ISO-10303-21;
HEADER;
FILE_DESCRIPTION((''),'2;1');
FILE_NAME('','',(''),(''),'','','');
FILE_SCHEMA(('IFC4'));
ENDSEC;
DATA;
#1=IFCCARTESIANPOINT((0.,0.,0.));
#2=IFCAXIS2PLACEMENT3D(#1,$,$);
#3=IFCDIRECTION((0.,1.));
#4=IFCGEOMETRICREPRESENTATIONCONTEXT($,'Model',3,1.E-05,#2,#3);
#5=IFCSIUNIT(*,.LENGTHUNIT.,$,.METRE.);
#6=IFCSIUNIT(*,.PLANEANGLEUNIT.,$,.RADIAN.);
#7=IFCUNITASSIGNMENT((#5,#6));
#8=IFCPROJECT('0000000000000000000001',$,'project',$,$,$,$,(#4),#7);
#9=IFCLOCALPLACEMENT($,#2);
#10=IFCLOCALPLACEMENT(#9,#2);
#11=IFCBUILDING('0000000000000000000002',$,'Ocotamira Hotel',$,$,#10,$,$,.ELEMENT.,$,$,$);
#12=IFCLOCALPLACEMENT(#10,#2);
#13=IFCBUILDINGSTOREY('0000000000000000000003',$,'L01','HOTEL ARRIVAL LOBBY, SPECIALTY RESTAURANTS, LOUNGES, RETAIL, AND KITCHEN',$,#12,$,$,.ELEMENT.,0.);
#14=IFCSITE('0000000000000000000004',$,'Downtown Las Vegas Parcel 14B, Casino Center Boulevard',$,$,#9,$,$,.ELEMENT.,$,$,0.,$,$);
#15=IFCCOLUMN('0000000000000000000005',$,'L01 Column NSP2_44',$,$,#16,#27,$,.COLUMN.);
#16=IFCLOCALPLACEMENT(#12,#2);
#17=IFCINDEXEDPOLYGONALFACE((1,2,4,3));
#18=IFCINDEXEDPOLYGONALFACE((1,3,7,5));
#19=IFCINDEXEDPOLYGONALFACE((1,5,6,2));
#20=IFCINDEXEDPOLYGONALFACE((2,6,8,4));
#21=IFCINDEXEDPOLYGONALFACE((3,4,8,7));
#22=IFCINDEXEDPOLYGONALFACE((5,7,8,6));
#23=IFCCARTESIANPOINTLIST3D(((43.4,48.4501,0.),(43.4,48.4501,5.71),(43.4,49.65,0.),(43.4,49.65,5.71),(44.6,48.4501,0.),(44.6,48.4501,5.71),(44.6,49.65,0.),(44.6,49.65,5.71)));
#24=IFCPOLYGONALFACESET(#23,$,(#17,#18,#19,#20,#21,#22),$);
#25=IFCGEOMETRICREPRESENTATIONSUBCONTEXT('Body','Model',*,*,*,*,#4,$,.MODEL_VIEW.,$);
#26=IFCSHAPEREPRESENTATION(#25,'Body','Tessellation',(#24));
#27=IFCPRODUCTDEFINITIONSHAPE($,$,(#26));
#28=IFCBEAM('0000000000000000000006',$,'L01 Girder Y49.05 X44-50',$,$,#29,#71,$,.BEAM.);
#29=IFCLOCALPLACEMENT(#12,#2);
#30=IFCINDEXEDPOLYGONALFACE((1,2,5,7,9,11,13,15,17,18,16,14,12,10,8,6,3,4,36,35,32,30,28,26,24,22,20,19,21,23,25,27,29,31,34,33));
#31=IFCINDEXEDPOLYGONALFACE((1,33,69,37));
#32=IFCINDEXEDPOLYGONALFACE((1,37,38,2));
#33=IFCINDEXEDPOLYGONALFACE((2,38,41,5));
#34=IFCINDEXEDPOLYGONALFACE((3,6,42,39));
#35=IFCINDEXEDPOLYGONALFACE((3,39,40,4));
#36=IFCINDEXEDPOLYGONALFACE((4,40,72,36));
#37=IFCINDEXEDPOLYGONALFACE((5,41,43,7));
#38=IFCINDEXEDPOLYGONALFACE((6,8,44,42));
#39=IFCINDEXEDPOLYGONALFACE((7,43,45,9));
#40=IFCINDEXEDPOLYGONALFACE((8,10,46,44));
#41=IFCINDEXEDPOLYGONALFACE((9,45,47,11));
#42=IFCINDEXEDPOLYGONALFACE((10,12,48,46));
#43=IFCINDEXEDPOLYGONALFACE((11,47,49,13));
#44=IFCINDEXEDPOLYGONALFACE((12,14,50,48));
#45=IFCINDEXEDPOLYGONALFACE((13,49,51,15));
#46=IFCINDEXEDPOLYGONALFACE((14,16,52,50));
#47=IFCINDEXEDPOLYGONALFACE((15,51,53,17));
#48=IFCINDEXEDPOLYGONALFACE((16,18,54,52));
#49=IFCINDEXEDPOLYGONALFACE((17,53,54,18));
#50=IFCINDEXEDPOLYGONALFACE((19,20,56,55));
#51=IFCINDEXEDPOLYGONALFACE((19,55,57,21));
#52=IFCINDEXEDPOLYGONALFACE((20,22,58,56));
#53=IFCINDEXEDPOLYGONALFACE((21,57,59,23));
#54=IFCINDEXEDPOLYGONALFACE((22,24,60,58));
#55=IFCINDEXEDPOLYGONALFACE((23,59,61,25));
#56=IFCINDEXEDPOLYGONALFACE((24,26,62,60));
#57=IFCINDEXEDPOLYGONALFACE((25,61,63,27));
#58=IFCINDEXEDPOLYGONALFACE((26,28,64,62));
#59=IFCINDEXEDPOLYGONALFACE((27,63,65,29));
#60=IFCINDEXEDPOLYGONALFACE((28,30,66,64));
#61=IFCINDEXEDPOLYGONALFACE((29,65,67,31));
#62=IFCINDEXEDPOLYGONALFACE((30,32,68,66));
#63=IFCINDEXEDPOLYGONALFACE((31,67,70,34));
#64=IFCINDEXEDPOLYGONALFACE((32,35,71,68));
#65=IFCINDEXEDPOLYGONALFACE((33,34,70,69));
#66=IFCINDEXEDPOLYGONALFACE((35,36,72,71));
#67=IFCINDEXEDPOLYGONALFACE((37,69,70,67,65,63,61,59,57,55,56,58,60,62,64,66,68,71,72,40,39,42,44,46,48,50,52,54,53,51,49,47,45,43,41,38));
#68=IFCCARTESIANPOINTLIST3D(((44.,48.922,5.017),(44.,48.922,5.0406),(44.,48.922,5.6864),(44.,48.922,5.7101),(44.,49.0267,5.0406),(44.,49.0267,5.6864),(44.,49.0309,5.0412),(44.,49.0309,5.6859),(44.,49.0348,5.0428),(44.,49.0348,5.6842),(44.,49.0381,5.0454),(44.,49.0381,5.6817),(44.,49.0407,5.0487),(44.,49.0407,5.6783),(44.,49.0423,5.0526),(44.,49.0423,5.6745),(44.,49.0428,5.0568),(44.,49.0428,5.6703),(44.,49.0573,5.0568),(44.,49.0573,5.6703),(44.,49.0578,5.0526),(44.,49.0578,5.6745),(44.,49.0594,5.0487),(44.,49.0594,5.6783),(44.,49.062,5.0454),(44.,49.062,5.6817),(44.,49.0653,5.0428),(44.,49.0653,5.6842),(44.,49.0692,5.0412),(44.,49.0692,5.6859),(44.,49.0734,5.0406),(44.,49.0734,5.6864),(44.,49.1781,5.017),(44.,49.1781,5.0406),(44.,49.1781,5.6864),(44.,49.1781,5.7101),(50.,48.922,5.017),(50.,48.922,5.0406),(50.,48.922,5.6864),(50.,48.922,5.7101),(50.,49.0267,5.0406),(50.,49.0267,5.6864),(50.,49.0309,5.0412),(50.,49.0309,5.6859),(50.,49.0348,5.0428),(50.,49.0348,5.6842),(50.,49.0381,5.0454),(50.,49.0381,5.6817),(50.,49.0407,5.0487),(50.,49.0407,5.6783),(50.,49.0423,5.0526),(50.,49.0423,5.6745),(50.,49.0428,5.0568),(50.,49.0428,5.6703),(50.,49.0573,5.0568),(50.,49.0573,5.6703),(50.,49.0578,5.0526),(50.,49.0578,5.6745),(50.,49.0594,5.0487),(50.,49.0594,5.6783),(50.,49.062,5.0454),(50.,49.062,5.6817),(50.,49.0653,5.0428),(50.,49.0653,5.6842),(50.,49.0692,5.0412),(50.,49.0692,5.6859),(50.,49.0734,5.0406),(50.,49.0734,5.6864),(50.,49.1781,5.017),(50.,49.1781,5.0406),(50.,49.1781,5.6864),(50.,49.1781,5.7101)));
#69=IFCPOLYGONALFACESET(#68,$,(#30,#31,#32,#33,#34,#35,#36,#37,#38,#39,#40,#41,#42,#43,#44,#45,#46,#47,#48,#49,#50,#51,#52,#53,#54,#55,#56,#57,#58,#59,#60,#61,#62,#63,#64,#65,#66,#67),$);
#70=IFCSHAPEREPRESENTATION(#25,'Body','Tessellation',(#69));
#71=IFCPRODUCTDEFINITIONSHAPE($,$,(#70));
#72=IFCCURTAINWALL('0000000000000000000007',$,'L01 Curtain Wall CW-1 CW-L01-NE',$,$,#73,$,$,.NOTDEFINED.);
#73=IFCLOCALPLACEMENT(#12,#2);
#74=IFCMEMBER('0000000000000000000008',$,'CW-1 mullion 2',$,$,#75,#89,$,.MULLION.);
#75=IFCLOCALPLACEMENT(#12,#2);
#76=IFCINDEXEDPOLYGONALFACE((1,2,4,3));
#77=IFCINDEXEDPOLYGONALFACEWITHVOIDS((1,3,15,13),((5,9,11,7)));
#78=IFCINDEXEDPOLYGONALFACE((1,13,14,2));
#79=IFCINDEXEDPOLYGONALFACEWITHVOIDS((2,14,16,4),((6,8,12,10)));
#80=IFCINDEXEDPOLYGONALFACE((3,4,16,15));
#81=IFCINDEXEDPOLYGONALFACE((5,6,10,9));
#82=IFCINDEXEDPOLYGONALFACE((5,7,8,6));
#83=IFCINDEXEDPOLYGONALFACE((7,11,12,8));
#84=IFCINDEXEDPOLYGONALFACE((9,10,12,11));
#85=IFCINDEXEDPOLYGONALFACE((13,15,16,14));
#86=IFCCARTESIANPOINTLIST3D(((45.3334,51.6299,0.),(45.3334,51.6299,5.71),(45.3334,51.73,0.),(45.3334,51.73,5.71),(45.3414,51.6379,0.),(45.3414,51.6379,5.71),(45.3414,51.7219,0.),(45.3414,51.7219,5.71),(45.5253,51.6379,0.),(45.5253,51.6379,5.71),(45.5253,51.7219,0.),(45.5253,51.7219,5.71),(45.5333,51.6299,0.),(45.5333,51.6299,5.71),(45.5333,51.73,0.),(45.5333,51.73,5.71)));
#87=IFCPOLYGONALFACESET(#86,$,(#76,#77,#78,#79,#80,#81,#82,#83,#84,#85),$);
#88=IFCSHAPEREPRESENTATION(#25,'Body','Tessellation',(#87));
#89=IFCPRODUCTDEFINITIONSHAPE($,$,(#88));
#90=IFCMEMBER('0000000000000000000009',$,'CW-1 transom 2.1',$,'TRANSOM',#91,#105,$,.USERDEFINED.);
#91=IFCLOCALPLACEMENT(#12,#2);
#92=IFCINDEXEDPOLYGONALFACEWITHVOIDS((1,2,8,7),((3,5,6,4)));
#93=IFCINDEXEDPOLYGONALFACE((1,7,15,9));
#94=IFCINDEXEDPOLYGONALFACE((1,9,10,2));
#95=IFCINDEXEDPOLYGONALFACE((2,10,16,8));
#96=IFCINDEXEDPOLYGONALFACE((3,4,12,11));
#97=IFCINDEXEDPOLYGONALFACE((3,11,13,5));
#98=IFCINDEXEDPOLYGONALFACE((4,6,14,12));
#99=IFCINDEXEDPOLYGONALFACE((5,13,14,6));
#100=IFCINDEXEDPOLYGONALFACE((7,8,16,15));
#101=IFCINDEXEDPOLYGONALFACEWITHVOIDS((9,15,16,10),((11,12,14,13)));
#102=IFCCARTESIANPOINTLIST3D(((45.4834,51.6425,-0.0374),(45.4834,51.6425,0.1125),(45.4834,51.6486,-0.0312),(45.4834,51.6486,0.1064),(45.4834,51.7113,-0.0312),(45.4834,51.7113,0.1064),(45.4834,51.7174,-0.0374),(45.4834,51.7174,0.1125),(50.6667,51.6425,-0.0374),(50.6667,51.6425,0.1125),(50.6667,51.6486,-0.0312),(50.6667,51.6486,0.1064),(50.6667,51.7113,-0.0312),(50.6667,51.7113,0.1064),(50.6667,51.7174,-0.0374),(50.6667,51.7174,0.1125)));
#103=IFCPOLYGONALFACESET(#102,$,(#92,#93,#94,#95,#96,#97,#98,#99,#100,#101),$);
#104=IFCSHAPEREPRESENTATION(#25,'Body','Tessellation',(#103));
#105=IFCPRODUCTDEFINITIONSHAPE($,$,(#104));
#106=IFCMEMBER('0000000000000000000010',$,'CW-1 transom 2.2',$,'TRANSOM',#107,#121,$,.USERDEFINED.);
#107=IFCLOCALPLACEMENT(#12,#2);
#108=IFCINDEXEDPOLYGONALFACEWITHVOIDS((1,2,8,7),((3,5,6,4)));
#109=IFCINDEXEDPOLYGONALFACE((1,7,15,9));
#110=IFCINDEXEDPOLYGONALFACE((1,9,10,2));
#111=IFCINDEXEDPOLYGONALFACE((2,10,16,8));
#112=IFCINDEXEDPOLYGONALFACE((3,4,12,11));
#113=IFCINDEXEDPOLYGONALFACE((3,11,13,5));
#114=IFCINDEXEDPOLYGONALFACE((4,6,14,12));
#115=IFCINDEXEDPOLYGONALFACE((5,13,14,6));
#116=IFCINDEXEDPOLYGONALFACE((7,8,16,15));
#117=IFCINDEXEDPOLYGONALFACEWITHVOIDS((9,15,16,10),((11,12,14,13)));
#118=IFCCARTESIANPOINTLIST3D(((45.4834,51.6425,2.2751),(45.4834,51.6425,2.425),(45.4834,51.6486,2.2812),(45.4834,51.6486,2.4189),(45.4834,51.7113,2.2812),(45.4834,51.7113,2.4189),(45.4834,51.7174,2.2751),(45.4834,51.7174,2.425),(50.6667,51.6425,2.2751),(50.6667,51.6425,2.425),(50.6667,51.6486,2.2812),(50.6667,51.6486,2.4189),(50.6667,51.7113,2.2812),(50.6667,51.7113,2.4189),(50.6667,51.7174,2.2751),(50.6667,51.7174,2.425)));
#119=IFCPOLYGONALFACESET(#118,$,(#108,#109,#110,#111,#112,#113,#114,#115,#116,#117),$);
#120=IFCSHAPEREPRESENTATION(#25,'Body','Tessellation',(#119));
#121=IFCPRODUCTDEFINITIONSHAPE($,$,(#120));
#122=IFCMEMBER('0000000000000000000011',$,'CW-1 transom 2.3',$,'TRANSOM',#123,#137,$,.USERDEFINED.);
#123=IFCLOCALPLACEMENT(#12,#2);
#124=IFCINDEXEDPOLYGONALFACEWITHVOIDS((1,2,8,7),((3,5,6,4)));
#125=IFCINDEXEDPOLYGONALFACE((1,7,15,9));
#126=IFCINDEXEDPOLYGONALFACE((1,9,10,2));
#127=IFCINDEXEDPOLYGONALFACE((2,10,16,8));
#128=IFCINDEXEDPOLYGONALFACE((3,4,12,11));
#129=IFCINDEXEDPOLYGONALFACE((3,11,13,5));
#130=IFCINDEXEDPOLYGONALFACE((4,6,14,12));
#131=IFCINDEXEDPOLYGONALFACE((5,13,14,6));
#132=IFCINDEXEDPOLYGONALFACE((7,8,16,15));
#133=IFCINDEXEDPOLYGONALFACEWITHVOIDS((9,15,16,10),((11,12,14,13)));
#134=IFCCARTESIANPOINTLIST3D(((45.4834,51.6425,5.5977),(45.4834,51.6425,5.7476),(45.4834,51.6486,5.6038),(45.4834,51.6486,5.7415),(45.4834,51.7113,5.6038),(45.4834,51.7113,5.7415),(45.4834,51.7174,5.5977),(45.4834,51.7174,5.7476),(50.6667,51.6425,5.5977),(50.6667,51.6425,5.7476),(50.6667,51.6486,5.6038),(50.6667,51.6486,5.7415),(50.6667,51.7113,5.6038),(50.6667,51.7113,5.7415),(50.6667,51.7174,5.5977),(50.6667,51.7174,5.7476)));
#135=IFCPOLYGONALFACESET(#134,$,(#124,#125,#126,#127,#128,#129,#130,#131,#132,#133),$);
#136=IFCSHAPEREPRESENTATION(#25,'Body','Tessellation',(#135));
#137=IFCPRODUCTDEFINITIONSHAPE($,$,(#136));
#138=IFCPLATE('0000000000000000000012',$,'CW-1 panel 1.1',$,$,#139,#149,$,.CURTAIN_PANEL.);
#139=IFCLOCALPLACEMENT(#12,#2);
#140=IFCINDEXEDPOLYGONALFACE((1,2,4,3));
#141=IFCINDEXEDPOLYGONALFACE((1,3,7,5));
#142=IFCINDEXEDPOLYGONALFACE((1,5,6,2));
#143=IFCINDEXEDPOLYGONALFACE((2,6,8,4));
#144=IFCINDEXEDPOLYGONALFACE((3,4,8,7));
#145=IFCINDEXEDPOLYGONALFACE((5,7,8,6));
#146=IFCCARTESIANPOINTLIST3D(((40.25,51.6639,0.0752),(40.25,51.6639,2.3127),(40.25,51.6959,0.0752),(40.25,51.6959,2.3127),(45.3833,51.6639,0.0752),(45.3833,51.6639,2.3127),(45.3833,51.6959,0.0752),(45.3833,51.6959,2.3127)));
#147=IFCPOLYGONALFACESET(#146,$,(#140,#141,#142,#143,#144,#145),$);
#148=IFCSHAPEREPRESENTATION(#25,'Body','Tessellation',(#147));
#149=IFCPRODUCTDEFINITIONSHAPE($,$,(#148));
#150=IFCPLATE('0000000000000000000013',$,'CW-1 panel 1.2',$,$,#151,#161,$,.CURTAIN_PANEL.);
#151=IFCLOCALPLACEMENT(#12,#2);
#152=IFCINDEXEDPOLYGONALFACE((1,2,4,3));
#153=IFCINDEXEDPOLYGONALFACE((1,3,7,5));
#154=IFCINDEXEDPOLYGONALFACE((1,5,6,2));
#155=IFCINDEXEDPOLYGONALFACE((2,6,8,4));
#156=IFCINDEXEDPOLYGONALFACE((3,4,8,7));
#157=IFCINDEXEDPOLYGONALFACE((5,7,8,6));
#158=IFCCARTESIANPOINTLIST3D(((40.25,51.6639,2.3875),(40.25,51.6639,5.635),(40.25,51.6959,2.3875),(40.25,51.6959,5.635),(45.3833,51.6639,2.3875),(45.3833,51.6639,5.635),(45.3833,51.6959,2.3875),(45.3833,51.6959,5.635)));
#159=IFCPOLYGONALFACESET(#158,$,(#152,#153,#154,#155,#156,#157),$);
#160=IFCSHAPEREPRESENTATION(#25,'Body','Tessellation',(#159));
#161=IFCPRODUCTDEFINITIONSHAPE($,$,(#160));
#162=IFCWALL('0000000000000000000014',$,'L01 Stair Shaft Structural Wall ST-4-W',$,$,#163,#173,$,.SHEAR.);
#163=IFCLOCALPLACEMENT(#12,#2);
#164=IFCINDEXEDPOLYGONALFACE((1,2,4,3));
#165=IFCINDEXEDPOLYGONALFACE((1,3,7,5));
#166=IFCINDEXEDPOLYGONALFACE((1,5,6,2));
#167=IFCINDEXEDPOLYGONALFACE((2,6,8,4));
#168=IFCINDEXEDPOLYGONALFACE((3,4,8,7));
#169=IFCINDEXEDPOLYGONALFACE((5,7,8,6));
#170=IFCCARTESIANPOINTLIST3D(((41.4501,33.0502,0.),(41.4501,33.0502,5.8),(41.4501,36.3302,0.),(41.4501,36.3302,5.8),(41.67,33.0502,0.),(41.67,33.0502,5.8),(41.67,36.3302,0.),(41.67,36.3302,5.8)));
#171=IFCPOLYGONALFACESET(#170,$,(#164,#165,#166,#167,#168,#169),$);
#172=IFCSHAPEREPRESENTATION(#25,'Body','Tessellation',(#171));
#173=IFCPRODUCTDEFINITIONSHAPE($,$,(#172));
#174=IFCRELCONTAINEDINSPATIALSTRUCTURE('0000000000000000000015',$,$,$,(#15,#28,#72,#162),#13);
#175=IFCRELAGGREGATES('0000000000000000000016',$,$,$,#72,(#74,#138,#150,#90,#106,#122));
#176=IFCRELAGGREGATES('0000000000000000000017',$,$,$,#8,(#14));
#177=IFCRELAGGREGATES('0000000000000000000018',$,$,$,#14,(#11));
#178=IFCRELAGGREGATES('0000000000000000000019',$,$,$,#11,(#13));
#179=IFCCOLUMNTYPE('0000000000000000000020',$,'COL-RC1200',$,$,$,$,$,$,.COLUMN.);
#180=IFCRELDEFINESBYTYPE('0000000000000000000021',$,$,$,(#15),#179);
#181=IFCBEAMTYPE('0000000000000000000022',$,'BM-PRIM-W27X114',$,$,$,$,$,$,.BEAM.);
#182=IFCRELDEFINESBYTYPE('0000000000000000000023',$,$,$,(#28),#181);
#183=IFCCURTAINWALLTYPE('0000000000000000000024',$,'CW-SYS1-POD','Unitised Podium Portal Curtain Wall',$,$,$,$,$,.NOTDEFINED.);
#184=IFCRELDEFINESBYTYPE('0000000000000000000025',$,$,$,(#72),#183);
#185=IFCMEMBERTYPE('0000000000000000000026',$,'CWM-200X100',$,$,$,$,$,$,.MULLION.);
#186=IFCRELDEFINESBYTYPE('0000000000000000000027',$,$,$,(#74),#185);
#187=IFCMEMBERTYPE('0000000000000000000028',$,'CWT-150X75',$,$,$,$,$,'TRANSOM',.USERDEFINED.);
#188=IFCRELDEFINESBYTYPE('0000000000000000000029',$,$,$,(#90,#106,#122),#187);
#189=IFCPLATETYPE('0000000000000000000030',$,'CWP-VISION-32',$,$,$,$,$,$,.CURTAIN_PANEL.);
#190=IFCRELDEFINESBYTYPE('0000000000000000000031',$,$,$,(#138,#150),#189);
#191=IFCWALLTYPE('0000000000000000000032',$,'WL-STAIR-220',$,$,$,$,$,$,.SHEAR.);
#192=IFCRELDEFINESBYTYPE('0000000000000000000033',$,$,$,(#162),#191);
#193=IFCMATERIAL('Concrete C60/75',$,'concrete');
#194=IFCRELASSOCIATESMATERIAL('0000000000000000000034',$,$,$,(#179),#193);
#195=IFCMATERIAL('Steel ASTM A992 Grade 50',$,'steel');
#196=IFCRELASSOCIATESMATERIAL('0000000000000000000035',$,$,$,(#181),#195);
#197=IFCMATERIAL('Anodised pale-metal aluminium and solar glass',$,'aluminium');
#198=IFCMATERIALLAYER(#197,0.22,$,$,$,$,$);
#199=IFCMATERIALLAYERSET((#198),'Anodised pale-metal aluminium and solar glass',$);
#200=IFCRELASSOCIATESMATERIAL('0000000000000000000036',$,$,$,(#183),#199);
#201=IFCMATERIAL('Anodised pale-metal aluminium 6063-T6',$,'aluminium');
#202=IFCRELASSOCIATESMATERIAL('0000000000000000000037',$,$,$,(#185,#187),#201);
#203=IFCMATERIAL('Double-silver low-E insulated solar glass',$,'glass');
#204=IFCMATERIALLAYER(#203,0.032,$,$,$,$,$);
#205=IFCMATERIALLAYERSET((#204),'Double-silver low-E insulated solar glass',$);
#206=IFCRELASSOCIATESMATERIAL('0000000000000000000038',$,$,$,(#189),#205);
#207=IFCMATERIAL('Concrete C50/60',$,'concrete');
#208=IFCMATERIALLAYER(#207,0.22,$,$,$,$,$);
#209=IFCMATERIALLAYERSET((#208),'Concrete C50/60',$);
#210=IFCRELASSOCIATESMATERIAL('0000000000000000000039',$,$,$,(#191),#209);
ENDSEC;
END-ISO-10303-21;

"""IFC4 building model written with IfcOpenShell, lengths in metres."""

from ifc_helpers import new_model, si_unit, direction, frame, frame_2d, origin, origin_2d, place, context, subcontext, project, spatial, rectangle, hollow_rectangle, i_section, extrude, source, transform, mapped, material, layer, layer_set, material_profile, profile_set, type_object, element, aggregate, save


model = new_model("IFC4")

# Units and contexts
model_context = context("Model", 3, precision=1e-05, world=origin(), true_north=direction((0.0, 1.0)))
body_context = subcontext(model_context, "Body", "Model", "MODEL_VIEW")
ifc_project = project(units=[si_unit("LENGTHUNIT", "METRE"), si_unit("PLANEANGLEUNIT", "RADIAN")], contexts=[model_context])

# Site, building, storey
site_placement = place(None, origin())
site = spatial("IfcSite", under=ifc_project, at=site_placement, Name="Downtown Las Vegas Parcel 14B, Casino Center Boulevard", CompositionType="ELEMENT", RefElevation=0.0)
building_placement = place(site_placement, origin())
building = spatial("IfcBuilding", under=site, at=building_placement, Name="Ocotamira Hotel", CompositionType="ELEMENT")
storey_placement = place(building_placement, origin())
storey = spatial("IfcBuildingStorey", under=building, at=storey_placement, Name="L01", Description="HOTEL ARRIVAL LOBBY, SPECIALTY RESTAURANTS, LOUNGES, RETAIL, AND KITCHEN", CompositionType="ELEMENT", Elevation=0.0)

# Column
ifc_material_1 = material(Name="Concrete C60/75", Category="concrete")
ifc_material_profile_1 = material_profile(ifc_material_1, rectangle(XDim=1.2, YDim=1.2, at=origin_2d()), Name="RC1200X1200")
ifc_profile_set_1 = profile_set([ifc_material_profile_1], Name="Concrete C60/75")
column_type = type_object("IfcColumnType", Name="COL-RC1200", PredefinedType="COLUMN", material=ifc_profile_set_1)
shared_shape_1 = source(origin(), body_context, "Body", "SweptSolid", [
    extrude(rectangle(XDim=1.2, YDim=1.2, at=origin_2d()), origin(), (0.0, 0.0, 1.0), 5.71),
])
column_placement = place(storey_placement, frame((44.0, 49.05, 0.0), z_axis=(0.0, 0.0, 1.0), x_axis=(1.0, 0.0, 0.0)))
element("IfcColumn", 1, at=column_placement, inside=storey, type_object=column_type, Name="L01 Column NSP2_44", PredefinedType="COLUMN", context=body_context, shape_type="MappedRepresentation", body=[
    mapped(shared_shape_1, transform((0.0, 0.0, 0.0), scale=1.0)),
])

# Beam
ifc_material_2 = material(Name="Steel ASTM A992 Grade 50", Category="steel")
ifc_material_profile_2 = material_profile(ifc_material_2, i_section(OverallWidth=0.2561, OverallDepth=0.6931, WebThickness=0.0144, FlangeThickness=0.0237, FilletRadius=0.0161, at=origin_2d()), Name="W27X114")
ifc_profile_set_2 = profile_set([ifc_material_profile_2], Name="Steel ASTM A992 Grade 50")
beam_type = type_object("IfcBeamType", Name="BM-PRIM-W27X114", PredefinedType="BEAM", material=ifc_profile_set_2)
shared_shape_2 = source(origin(), body_context, "Body", "SweptSolid", [
    extrude(i_section(OverallWidth=0.2561, OverallDepth=0.6931, WebThickness=0.0144, FlangeThickness=0.0237, FilletRadius=0.0161, at=origin_2d()), origin(), (0.0, 0.0, 1.0), 6.0),
])
beam_placement = place(storey_placement, frame((44.0, 49.05, 5.3635), z_axis=(1.0, 0.0, 0.0), x_axis=(0.0, 1.0, 0.0)))
element("IfcBeam", 2, at=beam_placement, inside=storey, type_object=beam_type, Name="L01 Girder Y49.05 X44-50", PredefinedType="BEAM", context=body_context, shape_type="MappedRepresentation", body=[
    mapped(shared_shape_2, transform((0.0, 0.0, 0.0), scale=1.0)),
])

# Curtain wall, members, plates
ifc_material_3 = material(Name="Anodised pale-metal aluminium and solar glass", Category="aluminium")
ifc_layer_1 = layer(ifc_material_3, 0.22)
ifc_layer_set_1 = layer_set([ifc_layer_1], Name="Anodised pale-metal aluminium and solar glass")
curtain_wall_type = type_object("IfcCurtainWallType", Name="CW-SYS1-POD", Description="Unitised Podium Portal Curtain Wall", PredefinedType="NOTDEFINED", material=ifc_layer_set_1)
curtain_wall_placement = place(storey_placement, origin())
curtain_wall = element("IfcCurtainWall", 3, at=curtain_wall_placement, inside=storey, type_object=curtain_wall_type, Name="L01 Curtain Wall CW-1 CW-L01-NE", PredefinedType="NOTDEFINED")
ifc_material_4 = material(Name="Anodised pale-metal aluminium 6063-T6", Category="aluminium")
ifc_material_profile_3 = material_profile(ifc_material_4, hollow_rectangle(XDim=0.1001, YDim=0.2, WallThickness=0.0081, at=origin_2d()), Name="HSS200X100X8")
ifc_profile_set_3 = profile_set([ifc_material_profile_3], Name="Anodised pale-metal aluminium 6063-T6")
member_type_1 = type_object("IfcMemberType", Name="CWM-200X100", PredefinedType="MULLION", material=ifc_profile_set_3)
shared_shape_3 = source(origin(), body_context, "Body", "SweptSolid", [
    extrude(hollow_rectangle(XDim=0.1001, YDim=0.2, WallThickness=0.0081, at=origin_2d()), origin(), (0.0, 0.0, 1.0), 5.71),
])
member_1_placement = place(storey_placement, frame((45.4333, 51.6799, 0.0), z_axis=(0.0, 0.0, 1.0), x_axis=(0.0, 1.0, 0.0)))
member_1 = element("IfcMember", 4, at=member_1_placement, type_object=member_type_1, Name="CW-1 mullion 2", PredefinedType="MULLION", context=body_context, shape_type="MappedRepresentation", body=[
    mapped(shared_shape_3, transform((0.0, 0.0, 0.0), scale=1.0)),
])
ifc_material_profile_4 = material_profile(ifc_material_4, hollow_rectangle(XDim=0.075, YDim=0.1499, WallThickness=0.0061, at=origin_2d()), Name="HSS150X75X6")
ifc_profile_set_4 = profile_set([ifc_material_profile_4], Name="Anodised pale-metal aluminium 6063-T6")
member_type_2 = type_object("IfcMemberType", Name="CWT-150X75", ElementType="TRANSOM", PredefinedType="USERDEFINED", material=ifc_profile_set_4)
shared_shape_4 = source(origin(), body_context, "Body", "SweptSolid", [
    extrude(hollow_rectangle(XDim=0.075, YDim=0.1499, WallThickness=0.0061, at=origin_2d()), origin(), (0.0, 0.0, 1.0), 5.1833),
])
member_2_placement = place(storey_placement, frame((45.4834, 51.6799, 0.0376), z_axis=(1.0, 0.0, 0.0), x_axis=(0.0, 1.0, 0.0)))
member_2 = element("IfcMember", 5, at=member_2_placement, type_object=member_type_2, Name="CW-1 transom 2.1", ObjectType="TRANSOM", PredefinedType="USERDEFINED", context=body_context, shape_type="MappedRepresentation", body=[
    mapped(shared_shape_4, transform((0.0, 0.0, 0.0), scale=1.0)),
])
member_3_placement = place(storey_placement, frame((45.4834, 51.6799, 2.3501), z_axis=(1.0, 0.0, 0.0), x_axis=(0.0, 1.0, 0.0)))
member_3 = element("IfcMember", 6, at=member_3_placement, type_object=member_type_2, Name="CW-1 transom 2.2", ObjectType="TRANSOM", PredefinedType="USERDEFINED", context=body_context, shape_type="MappedRepresentation", body=[
    mapped(shared_shape_4, transform((0.0, 0.0, 0.0), scale=1.0)),
])
member_4_placement = place(storey_placement, frame((45.4834, 51.6799, 5.6726), z_axis=(1.0, 0.0, 0.0), x_axis=(0.0, 1.0, 0.0)))
member_4 = element("IfcMember", 7, at=member_4_placement, type_object=member_type_2, Name="CW-1 transom 2.3", ObjectType="TRANSOM", PredefinedType="USERDEFINED", context=body_context, shape_type="MappedRepresentation", body=[
    mapped(shared_shape_4, transform((0.0, 0.0, 0.0), scale=1.0)),
])
ifc_material_5 = material(Name="Double-silver low-E insulated solar glass", Category="glass")
ifc_layer_2 = layer(ifc_material_5, 0.032)
ifc_layer_set_2 = layer_set([ifc_layer_2], Name="Double-silver low-E insulated solar glass")
plate_type = type_object("IfcPlateType", Name="CWP-VISION-32", PredefinedType="CURTAIN_PANEL", material=ifc_layer_set_2)
shared_shape_5 = source(origin(), body_context, "Body", "SweptSolid", [
    extrude(rectangle(XDim=5.1333, YDim=0.032, at=origin_2d()), origin(), (0.0, 0.0, 1.0), 2.2375),
])
plate_1_placement = place(storey_placement, frame((42.8167, 51.6799, 0.0752), z_axis=(0.0, 0.0, 1.0), x_axis=(1.0, 0.0, 0.0)))
plate_1 = element("IfcPlate", 8, at=plate_1_placement, type_object=plate_type, Name="CW-1 panel 1.1", PredefinedType="CURTAIN_PANEL", context=body_context, shape_type="MappedRepresentation", body=[
    mapped(shared_shape_5, transform((0.0, 0.0, 0.0), scale=1.0)),
])
shared_shape_6 = source(origin(), body_context, "Body", "SweptSolid", [
    extrude(rectangle(XDim=5.1333, YDim=0.032, at=origin_2d()), origin(), (0.0, 0.0, 1.0), 3.2476),
])
plate_2_placement = place(storey_placement, frame((42.8167, 51.6799, 2.3875), z_axis=(0.0, 0.0, 1.0), x_axis=(1.0, 0.0, 0.0)))
plate_2 = element("IfcPlate", 9, at=plate_2_placement, type_object=plate_type, Name="CW-1 panel 1.2", PredefinedType="CURTAIN_PANEL", context=body_context, shape_type="MappedRepresentation", body=[
    mapped(shared_shape_6, transform((0.0, 0.0, 0.0), scale=1.0)),
])
aggregate(curtain_wall, [member_1, plate_1, plate_2, member_2, member_3, member_4])

# Wall
ifc_material_6 = material(Name="Concrete C50/60", Category="concrete")
ifc_layer_3 = layer(ifc_material_6, 0.22)
ifc_layer_set_3 = layer_set([ifc_layer_3], Name="Concrete C50/60")
wall_type = type_object("IfcWallType", Name="WL-STAIR-220", PredefinedType="SHEAR", material=ifc_layer_set_3)
wall_placement = place(storey_placement, frame((41.5601, 33.05, 0.0), z_axis=(0.0, 0.0, 1.0), x_axis=(0.0, 1.0, 0.0)))
element("IfcWall", 10, at=wall_placement, inside=storey, type_object=wall_type, Name="L01 Stair Shaft Structural Wall ST-4-W", PredefinedType="SHEAR", context=body_context, shape_type="SweptSolid", body=[
    extrude(rectangle(XDim=3.28, YDim=0.22, at=frame_2d((1.6401, 0.0))), origin(), (0.0, 0.0, 1.0), 5.8),
])

save(model, "model.ifc")
